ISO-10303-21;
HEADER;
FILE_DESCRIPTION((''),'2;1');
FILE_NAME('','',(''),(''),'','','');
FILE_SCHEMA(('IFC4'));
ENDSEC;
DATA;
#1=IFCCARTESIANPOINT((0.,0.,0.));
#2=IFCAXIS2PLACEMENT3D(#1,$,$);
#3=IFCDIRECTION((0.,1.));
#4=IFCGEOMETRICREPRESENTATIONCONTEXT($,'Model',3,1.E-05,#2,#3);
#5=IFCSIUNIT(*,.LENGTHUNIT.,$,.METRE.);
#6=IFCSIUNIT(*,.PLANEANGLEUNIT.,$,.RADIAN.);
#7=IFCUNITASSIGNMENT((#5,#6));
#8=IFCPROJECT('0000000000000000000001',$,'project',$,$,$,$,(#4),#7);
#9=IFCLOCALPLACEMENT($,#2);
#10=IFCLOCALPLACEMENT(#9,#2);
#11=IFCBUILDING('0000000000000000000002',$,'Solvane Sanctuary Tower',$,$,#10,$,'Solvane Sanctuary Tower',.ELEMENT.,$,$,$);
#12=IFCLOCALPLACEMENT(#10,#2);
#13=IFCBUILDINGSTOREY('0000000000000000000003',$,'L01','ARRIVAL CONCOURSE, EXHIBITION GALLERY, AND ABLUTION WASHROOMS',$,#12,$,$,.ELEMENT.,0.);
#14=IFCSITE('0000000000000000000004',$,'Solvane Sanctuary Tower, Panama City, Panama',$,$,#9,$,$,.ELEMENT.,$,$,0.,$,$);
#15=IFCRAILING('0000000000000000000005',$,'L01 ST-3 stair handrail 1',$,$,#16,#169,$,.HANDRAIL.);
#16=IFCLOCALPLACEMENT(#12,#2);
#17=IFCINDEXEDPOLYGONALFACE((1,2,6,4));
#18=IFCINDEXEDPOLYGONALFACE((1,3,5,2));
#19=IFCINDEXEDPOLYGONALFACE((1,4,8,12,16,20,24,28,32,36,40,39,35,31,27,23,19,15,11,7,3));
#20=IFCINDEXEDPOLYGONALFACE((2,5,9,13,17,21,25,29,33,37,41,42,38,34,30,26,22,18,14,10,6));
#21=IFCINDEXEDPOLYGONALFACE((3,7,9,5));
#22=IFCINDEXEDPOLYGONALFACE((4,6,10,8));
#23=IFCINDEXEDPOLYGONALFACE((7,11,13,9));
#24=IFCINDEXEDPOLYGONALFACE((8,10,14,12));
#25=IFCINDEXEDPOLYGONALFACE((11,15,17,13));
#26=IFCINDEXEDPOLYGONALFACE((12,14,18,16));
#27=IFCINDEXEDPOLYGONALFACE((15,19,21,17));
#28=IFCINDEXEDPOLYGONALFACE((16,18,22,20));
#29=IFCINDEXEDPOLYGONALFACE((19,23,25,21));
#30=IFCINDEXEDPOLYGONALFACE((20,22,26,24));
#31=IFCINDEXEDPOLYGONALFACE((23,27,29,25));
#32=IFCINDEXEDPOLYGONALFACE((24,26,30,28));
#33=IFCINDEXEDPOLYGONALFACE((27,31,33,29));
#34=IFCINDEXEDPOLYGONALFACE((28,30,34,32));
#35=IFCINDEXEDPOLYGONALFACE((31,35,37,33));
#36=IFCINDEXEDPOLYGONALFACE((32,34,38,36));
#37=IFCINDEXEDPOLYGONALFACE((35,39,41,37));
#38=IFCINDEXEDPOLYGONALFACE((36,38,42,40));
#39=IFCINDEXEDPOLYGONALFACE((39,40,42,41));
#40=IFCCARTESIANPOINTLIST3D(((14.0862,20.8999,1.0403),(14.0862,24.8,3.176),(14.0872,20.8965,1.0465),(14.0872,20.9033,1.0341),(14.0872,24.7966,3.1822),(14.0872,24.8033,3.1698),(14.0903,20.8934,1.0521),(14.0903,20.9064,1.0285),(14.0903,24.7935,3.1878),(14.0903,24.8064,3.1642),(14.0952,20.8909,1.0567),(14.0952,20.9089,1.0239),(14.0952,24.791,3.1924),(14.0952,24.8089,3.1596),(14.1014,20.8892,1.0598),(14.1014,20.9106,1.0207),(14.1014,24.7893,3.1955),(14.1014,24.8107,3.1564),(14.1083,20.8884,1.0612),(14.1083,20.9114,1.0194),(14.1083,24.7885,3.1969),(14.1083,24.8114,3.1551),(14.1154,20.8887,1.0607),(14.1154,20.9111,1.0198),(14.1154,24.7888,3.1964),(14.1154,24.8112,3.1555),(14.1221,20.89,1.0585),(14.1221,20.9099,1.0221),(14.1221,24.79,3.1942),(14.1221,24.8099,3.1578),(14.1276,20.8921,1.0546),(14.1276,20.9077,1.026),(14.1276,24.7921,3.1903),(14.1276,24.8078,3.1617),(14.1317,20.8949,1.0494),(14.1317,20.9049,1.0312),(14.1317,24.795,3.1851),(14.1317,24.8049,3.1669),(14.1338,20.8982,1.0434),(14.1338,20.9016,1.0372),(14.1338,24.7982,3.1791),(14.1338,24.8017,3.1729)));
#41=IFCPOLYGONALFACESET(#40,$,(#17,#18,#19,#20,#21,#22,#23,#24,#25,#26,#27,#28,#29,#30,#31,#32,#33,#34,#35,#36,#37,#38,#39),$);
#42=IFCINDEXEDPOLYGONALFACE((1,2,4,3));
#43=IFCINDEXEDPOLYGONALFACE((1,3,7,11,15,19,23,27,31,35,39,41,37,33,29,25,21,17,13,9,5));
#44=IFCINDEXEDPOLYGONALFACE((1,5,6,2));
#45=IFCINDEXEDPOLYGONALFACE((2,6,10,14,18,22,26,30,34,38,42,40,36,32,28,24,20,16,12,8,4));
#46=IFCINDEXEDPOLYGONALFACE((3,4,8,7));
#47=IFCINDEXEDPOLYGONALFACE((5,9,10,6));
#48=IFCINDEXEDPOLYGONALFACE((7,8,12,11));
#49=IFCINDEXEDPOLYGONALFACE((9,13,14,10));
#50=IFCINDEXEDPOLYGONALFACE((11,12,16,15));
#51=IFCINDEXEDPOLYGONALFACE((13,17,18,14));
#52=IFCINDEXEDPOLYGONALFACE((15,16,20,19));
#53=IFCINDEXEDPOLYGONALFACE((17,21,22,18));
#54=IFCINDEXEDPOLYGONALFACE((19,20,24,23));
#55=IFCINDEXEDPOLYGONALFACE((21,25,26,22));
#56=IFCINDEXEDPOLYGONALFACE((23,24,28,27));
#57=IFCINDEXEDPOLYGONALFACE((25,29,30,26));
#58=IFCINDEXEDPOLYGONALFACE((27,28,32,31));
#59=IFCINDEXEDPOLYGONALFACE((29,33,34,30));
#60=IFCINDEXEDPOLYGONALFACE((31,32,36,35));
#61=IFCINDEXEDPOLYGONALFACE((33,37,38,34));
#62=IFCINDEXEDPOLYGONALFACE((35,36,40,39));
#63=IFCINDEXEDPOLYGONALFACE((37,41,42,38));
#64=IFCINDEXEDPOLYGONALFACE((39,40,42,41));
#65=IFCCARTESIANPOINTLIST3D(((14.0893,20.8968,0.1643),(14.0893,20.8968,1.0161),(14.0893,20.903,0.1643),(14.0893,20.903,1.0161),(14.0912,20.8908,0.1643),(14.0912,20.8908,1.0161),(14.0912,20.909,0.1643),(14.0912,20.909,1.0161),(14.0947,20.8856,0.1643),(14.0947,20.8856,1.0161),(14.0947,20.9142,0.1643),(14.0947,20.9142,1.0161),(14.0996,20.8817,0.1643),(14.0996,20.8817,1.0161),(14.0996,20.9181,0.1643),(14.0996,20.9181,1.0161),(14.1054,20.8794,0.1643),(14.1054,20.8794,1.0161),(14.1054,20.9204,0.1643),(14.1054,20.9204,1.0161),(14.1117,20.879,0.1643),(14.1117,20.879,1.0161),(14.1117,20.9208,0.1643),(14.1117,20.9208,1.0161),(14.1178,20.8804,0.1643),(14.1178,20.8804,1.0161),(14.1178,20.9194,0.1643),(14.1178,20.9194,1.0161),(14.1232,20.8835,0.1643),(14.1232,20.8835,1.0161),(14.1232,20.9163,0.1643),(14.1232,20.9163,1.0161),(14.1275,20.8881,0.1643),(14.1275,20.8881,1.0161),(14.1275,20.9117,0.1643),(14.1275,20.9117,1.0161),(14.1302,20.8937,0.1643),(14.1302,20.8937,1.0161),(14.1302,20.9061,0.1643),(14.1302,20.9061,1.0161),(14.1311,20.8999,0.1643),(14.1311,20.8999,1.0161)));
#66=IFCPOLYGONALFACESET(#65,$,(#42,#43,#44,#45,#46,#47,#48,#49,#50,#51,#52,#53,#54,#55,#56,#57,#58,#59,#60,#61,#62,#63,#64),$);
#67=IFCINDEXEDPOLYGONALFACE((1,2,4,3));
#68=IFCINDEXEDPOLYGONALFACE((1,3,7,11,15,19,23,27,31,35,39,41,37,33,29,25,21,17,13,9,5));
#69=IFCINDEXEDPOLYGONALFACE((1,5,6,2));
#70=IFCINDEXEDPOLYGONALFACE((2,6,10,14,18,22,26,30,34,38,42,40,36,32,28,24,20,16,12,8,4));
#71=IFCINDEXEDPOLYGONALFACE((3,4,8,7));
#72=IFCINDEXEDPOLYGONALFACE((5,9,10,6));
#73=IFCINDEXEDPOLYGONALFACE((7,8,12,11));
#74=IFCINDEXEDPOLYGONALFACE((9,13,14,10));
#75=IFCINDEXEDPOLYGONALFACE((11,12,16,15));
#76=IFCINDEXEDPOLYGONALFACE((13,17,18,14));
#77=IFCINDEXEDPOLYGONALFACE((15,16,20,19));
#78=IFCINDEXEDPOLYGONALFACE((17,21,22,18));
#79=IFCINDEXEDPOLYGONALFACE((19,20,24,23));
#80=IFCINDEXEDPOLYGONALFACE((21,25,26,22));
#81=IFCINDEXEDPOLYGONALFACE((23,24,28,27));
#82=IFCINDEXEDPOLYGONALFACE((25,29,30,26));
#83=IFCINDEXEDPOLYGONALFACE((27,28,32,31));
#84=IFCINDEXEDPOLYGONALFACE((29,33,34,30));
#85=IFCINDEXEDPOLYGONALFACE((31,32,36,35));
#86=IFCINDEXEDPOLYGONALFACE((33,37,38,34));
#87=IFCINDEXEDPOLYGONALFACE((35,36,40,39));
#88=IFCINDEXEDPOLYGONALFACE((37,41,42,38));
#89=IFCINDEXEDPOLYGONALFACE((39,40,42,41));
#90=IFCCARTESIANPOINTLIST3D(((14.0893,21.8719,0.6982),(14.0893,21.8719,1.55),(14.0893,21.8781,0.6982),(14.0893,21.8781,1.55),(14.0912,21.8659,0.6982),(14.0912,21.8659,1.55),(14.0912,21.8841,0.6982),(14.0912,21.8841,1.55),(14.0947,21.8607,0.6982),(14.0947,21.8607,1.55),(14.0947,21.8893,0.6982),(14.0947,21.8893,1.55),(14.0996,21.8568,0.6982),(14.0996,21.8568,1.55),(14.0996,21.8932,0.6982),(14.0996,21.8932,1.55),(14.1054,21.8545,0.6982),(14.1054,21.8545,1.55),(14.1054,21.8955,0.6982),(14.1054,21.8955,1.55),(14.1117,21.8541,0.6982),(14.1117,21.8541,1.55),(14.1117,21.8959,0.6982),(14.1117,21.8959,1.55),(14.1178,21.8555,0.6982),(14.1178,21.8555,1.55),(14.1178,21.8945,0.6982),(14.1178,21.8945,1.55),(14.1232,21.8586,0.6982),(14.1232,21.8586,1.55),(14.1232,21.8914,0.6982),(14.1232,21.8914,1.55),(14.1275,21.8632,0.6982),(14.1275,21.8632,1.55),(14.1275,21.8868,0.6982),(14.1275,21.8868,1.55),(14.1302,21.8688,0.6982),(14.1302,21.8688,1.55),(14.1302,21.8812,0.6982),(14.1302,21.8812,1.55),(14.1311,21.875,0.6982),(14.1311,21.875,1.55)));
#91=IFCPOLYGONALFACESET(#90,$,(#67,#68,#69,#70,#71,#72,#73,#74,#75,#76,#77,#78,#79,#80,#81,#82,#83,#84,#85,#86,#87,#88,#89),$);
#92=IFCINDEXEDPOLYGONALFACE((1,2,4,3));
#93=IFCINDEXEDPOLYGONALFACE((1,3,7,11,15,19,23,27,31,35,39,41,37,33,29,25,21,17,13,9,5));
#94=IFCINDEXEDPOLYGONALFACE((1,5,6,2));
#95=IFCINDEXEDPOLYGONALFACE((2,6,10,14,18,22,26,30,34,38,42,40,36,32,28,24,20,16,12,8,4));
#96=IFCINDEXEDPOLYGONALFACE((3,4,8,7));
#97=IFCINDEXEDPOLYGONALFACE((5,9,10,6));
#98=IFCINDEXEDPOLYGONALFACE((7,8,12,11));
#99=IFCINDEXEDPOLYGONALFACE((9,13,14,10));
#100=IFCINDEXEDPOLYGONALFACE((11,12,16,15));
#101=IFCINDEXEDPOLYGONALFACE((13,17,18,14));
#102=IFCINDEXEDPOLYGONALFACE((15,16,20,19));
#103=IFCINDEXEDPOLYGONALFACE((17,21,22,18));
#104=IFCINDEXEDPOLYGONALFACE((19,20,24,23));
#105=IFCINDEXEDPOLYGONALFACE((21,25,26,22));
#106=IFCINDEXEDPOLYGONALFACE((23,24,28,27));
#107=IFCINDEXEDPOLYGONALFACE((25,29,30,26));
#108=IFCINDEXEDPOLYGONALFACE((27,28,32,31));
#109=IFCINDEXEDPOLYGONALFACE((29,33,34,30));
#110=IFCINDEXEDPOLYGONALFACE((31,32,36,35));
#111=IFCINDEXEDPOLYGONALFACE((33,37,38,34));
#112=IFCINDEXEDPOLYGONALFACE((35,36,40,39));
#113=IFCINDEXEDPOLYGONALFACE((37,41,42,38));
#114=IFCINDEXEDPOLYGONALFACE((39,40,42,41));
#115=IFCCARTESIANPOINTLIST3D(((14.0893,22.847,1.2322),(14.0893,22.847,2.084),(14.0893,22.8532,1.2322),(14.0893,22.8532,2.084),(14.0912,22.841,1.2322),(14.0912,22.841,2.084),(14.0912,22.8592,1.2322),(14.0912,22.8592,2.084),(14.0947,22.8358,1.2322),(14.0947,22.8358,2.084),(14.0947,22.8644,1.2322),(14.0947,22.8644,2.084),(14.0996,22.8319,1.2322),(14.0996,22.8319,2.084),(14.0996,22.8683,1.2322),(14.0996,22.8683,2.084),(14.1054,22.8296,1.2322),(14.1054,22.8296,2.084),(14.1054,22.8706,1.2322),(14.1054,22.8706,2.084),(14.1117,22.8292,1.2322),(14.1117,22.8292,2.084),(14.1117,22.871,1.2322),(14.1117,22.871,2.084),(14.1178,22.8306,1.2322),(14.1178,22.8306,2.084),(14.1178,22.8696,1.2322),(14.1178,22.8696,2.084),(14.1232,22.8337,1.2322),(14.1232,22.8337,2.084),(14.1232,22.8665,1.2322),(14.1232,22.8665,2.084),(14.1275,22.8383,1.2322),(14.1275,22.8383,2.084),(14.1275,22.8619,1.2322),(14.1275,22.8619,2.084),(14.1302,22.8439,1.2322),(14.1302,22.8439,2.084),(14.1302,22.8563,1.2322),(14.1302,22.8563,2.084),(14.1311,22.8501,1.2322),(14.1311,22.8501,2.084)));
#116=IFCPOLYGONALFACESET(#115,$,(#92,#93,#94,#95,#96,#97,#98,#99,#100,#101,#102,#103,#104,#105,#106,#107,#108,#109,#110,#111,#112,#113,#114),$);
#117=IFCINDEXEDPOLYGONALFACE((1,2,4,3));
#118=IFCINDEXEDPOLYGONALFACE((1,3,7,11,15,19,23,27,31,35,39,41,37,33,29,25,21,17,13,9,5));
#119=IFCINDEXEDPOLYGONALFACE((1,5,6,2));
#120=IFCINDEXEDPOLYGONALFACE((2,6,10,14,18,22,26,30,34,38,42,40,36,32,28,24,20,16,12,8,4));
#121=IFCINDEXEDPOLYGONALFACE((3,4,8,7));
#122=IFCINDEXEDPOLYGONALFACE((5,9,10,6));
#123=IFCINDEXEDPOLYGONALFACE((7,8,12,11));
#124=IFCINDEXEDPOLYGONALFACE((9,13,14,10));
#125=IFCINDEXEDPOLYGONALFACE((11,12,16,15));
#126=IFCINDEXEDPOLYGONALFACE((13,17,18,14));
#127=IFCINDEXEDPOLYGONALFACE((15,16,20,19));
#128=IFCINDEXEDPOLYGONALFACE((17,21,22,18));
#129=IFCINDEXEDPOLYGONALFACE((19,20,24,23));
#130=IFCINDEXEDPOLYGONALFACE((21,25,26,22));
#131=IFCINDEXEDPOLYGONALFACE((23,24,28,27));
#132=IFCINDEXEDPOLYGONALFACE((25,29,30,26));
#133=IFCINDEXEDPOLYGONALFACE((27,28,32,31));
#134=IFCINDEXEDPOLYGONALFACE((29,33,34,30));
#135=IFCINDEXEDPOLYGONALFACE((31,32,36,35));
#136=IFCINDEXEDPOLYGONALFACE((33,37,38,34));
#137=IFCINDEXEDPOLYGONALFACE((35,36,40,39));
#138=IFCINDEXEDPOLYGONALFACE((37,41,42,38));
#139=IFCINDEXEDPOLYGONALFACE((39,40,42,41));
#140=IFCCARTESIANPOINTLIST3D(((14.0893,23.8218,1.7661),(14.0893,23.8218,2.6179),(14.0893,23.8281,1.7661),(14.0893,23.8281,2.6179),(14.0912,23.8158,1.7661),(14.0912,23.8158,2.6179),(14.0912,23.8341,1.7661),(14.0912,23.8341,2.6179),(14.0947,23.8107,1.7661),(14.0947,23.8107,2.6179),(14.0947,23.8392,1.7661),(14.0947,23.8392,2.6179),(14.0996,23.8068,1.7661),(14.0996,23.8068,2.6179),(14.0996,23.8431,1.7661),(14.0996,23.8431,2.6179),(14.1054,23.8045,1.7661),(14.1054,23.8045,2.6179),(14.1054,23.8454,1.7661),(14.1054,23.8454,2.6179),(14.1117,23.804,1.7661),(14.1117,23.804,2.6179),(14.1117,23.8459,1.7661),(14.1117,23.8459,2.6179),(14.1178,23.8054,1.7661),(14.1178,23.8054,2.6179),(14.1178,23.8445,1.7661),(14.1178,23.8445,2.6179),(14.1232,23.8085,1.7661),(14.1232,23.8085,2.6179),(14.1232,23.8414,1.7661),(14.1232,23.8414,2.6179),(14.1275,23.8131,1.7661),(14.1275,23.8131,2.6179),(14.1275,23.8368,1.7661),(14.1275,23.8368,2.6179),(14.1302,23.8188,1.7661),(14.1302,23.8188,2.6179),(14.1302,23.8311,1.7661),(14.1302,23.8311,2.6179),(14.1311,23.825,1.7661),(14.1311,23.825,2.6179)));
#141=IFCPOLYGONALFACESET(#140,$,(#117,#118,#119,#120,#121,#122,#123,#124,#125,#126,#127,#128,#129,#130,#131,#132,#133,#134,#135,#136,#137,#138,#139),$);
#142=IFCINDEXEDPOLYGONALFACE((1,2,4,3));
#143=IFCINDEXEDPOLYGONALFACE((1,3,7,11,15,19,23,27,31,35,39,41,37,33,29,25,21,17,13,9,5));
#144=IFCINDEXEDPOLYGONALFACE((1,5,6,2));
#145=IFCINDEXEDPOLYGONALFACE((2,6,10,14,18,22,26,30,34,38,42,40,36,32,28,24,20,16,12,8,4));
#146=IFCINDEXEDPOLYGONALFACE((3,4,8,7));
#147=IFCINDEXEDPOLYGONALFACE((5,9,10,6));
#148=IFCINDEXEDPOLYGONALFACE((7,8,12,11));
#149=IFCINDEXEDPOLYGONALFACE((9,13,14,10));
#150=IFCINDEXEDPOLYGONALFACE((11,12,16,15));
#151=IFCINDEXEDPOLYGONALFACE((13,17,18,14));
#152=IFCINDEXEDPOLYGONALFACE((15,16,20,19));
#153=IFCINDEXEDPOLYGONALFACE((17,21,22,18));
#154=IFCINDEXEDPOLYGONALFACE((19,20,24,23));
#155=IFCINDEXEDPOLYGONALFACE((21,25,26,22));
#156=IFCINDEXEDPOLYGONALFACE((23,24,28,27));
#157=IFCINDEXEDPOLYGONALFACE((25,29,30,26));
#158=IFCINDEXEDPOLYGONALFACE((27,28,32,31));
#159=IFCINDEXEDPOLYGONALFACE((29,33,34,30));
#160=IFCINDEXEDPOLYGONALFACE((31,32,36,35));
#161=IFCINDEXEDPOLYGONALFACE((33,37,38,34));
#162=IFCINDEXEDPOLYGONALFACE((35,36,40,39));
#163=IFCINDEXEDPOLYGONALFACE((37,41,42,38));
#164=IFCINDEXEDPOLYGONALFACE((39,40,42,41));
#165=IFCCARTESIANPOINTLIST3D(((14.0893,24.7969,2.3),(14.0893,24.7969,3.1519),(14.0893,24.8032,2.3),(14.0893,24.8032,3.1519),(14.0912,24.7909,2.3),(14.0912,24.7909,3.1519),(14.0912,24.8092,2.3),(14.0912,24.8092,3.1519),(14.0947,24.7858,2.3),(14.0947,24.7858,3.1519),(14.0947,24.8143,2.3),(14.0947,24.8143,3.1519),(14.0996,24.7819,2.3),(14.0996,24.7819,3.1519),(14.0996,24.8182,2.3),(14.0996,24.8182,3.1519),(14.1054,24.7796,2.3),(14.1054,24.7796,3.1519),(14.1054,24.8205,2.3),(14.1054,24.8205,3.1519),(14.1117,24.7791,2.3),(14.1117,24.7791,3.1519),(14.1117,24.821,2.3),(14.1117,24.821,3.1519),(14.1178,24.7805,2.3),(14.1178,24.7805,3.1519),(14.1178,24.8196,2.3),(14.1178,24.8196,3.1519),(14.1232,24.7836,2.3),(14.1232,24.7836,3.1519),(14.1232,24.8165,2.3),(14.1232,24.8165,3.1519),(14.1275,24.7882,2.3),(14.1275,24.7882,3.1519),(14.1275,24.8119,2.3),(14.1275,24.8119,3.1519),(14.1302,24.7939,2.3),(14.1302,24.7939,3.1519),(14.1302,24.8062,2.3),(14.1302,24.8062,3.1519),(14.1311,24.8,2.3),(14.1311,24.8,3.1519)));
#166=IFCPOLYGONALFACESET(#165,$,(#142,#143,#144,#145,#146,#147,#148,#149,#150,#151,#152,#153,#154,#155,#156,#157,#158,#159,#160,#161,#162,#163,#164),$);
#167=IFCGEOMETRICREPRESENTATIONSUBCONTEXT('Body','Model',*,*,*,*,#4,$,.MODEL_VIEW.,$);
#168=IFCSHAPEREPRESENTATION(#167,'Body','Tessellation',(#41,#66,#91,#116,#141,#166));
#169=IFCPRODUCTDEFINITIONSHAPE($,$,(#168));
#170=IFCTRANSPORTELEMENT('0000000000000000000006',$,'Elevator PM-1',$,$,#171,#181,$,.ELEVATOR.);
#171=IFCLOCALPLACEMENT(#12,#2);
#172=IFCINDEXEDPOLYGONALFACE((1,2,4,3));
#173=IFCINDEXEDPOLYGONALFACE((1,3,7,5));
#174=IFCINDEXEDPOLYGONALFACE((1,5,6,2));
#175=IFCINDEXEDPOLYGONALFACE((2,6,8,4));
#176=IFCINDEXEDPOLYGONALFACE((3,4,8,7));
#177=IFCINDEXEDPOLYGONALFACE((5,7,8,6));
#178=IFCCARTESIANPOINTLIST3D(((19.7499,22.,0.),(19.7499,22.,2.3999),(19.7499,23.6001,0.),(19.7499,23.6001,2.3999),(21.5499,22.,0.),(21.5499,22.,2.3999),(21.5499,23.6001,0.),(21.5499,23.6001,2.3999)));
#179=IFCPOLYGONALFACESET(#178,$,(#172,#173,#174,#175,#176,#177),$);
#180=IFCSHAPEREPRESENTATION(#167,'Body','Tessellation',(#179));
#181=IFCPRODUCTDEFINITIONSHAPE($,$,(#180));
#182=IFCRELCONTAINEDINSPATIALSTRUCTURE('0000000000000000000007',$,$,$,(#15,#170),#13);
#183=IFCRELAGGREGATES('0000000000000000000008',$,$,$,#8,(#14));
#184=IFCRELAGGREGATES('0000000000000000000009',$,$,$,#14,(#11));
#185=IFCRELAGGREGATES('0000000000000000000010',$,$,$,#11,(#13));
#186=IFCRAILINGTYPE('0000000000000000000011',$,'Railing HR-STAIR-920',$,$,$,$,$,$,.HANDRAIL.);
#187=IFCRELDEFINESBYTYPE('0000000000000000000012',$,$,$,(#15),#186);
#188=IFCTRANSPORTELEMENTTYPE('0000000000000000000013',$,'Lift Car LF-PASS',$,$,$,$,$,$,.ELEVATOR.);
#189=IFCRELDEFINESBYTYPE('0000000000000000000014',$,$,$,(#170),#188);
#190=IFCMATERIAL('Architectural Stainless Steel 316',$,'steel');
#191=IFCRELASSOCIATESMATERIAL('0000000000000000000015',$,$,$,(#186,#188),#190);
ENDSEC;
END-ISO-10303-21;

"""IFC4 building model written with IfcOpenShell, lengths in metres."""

from ifc_helpers import new_model, si_unit, direction, frame, origin, origin_2d, place, context, subcontext, project, spatial, rectangle, circle, extrude, material, type_object, element, save


model = new_model("IFC4")

# Units and contexts
model_context = context("Model", 3, precision=1e-05, world=origin(), true_north=direction((0.0, 1.0)))
body_context = subcontext(model_context, "Body", "Model", "MODEL_VIEW")
ifc_project = project(units=[si_unit("LENGTHUNIT", "METRE"), si_unit("PLANEANGLEUNIT", "RADIAN")], contexts=[model_context])

# Site, building, storey
site_placement = place(None, origin())
site = spatial("IfcSite", under=ifc_project, at=site_placement, Name="Solvane Sanctuary Tower, Panama City, Panama", CompositionType="ELEMENT", RefElevation=0.0)
building_placement = place(site_placement, origin())
building = spatial("IfcBuilding", under=site, at=building_placement, Name="Solvane Sanctuary Tower", LongName="Solvane Sanctuary Tower", CompositionType="ELEMENT")
storey_placement = place(building_placement, origin())
storey = spatial("IfcBuildingStorey", under=building, at=storey_placement, Name="L01", Description="ARRIVAL CONCOURSE, EXHIBITION GALLERY, AND ABLUTION WASHROOMS", CompositionType="ELEMENT", Elevation=0.0)

# Shared definitions
ifc_material_1 = material(Name="Architectural Stainless Steel 316", Category="steel")

# Railing
railing_type_1 = type_object("IfcRailingType", Name="Railing HR-STAIR-920", PredefinedType="HANDRAIL", material=ifc_material_1)
railing_1_placement = place(storey_placement, frame((14.1101, 20.8999, 0.1643)))
element("IfcRailing", 1, at=railing_1_placement, inside=storey, type_object=railing_type_1, Name="L01 ST-3 stair handrail 1", PredefinedType="HANDRAIL", context=body_context, shape_type="SweptSolid", body=[
    extrude(circle(Radius=0.0239, at=origin_2d()), frame((0.0, 0.0, 0.876), z_axis=(0.0, 0.877101, 0.480306), x_axis=(-1.0, 0.0, 0.0)), (0.0, 0.0, 1.0), 4.4465),
    extrude(circle(Radius=0.021, at=origin_2d()), origin(), (0.0, 0.0, 1.0), 0.8518),
    extrude(circle(Radius=0.021, at=origin_2d()), frame((0.0, 0.9751, 0.5339)), (0.0, 0.0, 1.0), 0.8518),
    extrude(circle(Radius=0.021, at=origin_2d()), frame((0.0, 1.9502, 1.0679)), (0.0, 0.0, 1.0), 0.8518),
    extrude(circle(Radius=0.021, at=origin_2d()), frame((0.0, 2.925, 1.6018)), (0.0, 0.0, 1.0), 0.8518),
    extrude(circle(Radius=0.021, at=origin_2d()), frame((0.0, 3.9001, 2.1357)), (0.0, 0.0, 1.0), 0.8518),
])

# Transport element
transport_element_type = type_object("IfcTransportElementType", Name="Lift Car LF-PASS", PredefinedType="ELEVATOR", material=ifc_material_1)
transport_element_placement = place(storey_placement, frame((20.6499, 22.8, 0.0), z_axis=(0.0, 0.0, 1.0), x_axis=(1.0, 0.0, 0.0)))
element("IfcTransportElement", 2, at=transport_element_placement, inside=storey, type_object=transport_element_type, Name="Elevator PM-1", PredefinedType="ELEVATOR", context=body_context, shape_type="SweptSolid", body=[
    extrude(rectangle(XDim=1.8, YDim=1.6001, at=origin_2d()), origin(), (0.0, 0.0, 1.0), 2.3999),
])

save(model, "model.ifc")
